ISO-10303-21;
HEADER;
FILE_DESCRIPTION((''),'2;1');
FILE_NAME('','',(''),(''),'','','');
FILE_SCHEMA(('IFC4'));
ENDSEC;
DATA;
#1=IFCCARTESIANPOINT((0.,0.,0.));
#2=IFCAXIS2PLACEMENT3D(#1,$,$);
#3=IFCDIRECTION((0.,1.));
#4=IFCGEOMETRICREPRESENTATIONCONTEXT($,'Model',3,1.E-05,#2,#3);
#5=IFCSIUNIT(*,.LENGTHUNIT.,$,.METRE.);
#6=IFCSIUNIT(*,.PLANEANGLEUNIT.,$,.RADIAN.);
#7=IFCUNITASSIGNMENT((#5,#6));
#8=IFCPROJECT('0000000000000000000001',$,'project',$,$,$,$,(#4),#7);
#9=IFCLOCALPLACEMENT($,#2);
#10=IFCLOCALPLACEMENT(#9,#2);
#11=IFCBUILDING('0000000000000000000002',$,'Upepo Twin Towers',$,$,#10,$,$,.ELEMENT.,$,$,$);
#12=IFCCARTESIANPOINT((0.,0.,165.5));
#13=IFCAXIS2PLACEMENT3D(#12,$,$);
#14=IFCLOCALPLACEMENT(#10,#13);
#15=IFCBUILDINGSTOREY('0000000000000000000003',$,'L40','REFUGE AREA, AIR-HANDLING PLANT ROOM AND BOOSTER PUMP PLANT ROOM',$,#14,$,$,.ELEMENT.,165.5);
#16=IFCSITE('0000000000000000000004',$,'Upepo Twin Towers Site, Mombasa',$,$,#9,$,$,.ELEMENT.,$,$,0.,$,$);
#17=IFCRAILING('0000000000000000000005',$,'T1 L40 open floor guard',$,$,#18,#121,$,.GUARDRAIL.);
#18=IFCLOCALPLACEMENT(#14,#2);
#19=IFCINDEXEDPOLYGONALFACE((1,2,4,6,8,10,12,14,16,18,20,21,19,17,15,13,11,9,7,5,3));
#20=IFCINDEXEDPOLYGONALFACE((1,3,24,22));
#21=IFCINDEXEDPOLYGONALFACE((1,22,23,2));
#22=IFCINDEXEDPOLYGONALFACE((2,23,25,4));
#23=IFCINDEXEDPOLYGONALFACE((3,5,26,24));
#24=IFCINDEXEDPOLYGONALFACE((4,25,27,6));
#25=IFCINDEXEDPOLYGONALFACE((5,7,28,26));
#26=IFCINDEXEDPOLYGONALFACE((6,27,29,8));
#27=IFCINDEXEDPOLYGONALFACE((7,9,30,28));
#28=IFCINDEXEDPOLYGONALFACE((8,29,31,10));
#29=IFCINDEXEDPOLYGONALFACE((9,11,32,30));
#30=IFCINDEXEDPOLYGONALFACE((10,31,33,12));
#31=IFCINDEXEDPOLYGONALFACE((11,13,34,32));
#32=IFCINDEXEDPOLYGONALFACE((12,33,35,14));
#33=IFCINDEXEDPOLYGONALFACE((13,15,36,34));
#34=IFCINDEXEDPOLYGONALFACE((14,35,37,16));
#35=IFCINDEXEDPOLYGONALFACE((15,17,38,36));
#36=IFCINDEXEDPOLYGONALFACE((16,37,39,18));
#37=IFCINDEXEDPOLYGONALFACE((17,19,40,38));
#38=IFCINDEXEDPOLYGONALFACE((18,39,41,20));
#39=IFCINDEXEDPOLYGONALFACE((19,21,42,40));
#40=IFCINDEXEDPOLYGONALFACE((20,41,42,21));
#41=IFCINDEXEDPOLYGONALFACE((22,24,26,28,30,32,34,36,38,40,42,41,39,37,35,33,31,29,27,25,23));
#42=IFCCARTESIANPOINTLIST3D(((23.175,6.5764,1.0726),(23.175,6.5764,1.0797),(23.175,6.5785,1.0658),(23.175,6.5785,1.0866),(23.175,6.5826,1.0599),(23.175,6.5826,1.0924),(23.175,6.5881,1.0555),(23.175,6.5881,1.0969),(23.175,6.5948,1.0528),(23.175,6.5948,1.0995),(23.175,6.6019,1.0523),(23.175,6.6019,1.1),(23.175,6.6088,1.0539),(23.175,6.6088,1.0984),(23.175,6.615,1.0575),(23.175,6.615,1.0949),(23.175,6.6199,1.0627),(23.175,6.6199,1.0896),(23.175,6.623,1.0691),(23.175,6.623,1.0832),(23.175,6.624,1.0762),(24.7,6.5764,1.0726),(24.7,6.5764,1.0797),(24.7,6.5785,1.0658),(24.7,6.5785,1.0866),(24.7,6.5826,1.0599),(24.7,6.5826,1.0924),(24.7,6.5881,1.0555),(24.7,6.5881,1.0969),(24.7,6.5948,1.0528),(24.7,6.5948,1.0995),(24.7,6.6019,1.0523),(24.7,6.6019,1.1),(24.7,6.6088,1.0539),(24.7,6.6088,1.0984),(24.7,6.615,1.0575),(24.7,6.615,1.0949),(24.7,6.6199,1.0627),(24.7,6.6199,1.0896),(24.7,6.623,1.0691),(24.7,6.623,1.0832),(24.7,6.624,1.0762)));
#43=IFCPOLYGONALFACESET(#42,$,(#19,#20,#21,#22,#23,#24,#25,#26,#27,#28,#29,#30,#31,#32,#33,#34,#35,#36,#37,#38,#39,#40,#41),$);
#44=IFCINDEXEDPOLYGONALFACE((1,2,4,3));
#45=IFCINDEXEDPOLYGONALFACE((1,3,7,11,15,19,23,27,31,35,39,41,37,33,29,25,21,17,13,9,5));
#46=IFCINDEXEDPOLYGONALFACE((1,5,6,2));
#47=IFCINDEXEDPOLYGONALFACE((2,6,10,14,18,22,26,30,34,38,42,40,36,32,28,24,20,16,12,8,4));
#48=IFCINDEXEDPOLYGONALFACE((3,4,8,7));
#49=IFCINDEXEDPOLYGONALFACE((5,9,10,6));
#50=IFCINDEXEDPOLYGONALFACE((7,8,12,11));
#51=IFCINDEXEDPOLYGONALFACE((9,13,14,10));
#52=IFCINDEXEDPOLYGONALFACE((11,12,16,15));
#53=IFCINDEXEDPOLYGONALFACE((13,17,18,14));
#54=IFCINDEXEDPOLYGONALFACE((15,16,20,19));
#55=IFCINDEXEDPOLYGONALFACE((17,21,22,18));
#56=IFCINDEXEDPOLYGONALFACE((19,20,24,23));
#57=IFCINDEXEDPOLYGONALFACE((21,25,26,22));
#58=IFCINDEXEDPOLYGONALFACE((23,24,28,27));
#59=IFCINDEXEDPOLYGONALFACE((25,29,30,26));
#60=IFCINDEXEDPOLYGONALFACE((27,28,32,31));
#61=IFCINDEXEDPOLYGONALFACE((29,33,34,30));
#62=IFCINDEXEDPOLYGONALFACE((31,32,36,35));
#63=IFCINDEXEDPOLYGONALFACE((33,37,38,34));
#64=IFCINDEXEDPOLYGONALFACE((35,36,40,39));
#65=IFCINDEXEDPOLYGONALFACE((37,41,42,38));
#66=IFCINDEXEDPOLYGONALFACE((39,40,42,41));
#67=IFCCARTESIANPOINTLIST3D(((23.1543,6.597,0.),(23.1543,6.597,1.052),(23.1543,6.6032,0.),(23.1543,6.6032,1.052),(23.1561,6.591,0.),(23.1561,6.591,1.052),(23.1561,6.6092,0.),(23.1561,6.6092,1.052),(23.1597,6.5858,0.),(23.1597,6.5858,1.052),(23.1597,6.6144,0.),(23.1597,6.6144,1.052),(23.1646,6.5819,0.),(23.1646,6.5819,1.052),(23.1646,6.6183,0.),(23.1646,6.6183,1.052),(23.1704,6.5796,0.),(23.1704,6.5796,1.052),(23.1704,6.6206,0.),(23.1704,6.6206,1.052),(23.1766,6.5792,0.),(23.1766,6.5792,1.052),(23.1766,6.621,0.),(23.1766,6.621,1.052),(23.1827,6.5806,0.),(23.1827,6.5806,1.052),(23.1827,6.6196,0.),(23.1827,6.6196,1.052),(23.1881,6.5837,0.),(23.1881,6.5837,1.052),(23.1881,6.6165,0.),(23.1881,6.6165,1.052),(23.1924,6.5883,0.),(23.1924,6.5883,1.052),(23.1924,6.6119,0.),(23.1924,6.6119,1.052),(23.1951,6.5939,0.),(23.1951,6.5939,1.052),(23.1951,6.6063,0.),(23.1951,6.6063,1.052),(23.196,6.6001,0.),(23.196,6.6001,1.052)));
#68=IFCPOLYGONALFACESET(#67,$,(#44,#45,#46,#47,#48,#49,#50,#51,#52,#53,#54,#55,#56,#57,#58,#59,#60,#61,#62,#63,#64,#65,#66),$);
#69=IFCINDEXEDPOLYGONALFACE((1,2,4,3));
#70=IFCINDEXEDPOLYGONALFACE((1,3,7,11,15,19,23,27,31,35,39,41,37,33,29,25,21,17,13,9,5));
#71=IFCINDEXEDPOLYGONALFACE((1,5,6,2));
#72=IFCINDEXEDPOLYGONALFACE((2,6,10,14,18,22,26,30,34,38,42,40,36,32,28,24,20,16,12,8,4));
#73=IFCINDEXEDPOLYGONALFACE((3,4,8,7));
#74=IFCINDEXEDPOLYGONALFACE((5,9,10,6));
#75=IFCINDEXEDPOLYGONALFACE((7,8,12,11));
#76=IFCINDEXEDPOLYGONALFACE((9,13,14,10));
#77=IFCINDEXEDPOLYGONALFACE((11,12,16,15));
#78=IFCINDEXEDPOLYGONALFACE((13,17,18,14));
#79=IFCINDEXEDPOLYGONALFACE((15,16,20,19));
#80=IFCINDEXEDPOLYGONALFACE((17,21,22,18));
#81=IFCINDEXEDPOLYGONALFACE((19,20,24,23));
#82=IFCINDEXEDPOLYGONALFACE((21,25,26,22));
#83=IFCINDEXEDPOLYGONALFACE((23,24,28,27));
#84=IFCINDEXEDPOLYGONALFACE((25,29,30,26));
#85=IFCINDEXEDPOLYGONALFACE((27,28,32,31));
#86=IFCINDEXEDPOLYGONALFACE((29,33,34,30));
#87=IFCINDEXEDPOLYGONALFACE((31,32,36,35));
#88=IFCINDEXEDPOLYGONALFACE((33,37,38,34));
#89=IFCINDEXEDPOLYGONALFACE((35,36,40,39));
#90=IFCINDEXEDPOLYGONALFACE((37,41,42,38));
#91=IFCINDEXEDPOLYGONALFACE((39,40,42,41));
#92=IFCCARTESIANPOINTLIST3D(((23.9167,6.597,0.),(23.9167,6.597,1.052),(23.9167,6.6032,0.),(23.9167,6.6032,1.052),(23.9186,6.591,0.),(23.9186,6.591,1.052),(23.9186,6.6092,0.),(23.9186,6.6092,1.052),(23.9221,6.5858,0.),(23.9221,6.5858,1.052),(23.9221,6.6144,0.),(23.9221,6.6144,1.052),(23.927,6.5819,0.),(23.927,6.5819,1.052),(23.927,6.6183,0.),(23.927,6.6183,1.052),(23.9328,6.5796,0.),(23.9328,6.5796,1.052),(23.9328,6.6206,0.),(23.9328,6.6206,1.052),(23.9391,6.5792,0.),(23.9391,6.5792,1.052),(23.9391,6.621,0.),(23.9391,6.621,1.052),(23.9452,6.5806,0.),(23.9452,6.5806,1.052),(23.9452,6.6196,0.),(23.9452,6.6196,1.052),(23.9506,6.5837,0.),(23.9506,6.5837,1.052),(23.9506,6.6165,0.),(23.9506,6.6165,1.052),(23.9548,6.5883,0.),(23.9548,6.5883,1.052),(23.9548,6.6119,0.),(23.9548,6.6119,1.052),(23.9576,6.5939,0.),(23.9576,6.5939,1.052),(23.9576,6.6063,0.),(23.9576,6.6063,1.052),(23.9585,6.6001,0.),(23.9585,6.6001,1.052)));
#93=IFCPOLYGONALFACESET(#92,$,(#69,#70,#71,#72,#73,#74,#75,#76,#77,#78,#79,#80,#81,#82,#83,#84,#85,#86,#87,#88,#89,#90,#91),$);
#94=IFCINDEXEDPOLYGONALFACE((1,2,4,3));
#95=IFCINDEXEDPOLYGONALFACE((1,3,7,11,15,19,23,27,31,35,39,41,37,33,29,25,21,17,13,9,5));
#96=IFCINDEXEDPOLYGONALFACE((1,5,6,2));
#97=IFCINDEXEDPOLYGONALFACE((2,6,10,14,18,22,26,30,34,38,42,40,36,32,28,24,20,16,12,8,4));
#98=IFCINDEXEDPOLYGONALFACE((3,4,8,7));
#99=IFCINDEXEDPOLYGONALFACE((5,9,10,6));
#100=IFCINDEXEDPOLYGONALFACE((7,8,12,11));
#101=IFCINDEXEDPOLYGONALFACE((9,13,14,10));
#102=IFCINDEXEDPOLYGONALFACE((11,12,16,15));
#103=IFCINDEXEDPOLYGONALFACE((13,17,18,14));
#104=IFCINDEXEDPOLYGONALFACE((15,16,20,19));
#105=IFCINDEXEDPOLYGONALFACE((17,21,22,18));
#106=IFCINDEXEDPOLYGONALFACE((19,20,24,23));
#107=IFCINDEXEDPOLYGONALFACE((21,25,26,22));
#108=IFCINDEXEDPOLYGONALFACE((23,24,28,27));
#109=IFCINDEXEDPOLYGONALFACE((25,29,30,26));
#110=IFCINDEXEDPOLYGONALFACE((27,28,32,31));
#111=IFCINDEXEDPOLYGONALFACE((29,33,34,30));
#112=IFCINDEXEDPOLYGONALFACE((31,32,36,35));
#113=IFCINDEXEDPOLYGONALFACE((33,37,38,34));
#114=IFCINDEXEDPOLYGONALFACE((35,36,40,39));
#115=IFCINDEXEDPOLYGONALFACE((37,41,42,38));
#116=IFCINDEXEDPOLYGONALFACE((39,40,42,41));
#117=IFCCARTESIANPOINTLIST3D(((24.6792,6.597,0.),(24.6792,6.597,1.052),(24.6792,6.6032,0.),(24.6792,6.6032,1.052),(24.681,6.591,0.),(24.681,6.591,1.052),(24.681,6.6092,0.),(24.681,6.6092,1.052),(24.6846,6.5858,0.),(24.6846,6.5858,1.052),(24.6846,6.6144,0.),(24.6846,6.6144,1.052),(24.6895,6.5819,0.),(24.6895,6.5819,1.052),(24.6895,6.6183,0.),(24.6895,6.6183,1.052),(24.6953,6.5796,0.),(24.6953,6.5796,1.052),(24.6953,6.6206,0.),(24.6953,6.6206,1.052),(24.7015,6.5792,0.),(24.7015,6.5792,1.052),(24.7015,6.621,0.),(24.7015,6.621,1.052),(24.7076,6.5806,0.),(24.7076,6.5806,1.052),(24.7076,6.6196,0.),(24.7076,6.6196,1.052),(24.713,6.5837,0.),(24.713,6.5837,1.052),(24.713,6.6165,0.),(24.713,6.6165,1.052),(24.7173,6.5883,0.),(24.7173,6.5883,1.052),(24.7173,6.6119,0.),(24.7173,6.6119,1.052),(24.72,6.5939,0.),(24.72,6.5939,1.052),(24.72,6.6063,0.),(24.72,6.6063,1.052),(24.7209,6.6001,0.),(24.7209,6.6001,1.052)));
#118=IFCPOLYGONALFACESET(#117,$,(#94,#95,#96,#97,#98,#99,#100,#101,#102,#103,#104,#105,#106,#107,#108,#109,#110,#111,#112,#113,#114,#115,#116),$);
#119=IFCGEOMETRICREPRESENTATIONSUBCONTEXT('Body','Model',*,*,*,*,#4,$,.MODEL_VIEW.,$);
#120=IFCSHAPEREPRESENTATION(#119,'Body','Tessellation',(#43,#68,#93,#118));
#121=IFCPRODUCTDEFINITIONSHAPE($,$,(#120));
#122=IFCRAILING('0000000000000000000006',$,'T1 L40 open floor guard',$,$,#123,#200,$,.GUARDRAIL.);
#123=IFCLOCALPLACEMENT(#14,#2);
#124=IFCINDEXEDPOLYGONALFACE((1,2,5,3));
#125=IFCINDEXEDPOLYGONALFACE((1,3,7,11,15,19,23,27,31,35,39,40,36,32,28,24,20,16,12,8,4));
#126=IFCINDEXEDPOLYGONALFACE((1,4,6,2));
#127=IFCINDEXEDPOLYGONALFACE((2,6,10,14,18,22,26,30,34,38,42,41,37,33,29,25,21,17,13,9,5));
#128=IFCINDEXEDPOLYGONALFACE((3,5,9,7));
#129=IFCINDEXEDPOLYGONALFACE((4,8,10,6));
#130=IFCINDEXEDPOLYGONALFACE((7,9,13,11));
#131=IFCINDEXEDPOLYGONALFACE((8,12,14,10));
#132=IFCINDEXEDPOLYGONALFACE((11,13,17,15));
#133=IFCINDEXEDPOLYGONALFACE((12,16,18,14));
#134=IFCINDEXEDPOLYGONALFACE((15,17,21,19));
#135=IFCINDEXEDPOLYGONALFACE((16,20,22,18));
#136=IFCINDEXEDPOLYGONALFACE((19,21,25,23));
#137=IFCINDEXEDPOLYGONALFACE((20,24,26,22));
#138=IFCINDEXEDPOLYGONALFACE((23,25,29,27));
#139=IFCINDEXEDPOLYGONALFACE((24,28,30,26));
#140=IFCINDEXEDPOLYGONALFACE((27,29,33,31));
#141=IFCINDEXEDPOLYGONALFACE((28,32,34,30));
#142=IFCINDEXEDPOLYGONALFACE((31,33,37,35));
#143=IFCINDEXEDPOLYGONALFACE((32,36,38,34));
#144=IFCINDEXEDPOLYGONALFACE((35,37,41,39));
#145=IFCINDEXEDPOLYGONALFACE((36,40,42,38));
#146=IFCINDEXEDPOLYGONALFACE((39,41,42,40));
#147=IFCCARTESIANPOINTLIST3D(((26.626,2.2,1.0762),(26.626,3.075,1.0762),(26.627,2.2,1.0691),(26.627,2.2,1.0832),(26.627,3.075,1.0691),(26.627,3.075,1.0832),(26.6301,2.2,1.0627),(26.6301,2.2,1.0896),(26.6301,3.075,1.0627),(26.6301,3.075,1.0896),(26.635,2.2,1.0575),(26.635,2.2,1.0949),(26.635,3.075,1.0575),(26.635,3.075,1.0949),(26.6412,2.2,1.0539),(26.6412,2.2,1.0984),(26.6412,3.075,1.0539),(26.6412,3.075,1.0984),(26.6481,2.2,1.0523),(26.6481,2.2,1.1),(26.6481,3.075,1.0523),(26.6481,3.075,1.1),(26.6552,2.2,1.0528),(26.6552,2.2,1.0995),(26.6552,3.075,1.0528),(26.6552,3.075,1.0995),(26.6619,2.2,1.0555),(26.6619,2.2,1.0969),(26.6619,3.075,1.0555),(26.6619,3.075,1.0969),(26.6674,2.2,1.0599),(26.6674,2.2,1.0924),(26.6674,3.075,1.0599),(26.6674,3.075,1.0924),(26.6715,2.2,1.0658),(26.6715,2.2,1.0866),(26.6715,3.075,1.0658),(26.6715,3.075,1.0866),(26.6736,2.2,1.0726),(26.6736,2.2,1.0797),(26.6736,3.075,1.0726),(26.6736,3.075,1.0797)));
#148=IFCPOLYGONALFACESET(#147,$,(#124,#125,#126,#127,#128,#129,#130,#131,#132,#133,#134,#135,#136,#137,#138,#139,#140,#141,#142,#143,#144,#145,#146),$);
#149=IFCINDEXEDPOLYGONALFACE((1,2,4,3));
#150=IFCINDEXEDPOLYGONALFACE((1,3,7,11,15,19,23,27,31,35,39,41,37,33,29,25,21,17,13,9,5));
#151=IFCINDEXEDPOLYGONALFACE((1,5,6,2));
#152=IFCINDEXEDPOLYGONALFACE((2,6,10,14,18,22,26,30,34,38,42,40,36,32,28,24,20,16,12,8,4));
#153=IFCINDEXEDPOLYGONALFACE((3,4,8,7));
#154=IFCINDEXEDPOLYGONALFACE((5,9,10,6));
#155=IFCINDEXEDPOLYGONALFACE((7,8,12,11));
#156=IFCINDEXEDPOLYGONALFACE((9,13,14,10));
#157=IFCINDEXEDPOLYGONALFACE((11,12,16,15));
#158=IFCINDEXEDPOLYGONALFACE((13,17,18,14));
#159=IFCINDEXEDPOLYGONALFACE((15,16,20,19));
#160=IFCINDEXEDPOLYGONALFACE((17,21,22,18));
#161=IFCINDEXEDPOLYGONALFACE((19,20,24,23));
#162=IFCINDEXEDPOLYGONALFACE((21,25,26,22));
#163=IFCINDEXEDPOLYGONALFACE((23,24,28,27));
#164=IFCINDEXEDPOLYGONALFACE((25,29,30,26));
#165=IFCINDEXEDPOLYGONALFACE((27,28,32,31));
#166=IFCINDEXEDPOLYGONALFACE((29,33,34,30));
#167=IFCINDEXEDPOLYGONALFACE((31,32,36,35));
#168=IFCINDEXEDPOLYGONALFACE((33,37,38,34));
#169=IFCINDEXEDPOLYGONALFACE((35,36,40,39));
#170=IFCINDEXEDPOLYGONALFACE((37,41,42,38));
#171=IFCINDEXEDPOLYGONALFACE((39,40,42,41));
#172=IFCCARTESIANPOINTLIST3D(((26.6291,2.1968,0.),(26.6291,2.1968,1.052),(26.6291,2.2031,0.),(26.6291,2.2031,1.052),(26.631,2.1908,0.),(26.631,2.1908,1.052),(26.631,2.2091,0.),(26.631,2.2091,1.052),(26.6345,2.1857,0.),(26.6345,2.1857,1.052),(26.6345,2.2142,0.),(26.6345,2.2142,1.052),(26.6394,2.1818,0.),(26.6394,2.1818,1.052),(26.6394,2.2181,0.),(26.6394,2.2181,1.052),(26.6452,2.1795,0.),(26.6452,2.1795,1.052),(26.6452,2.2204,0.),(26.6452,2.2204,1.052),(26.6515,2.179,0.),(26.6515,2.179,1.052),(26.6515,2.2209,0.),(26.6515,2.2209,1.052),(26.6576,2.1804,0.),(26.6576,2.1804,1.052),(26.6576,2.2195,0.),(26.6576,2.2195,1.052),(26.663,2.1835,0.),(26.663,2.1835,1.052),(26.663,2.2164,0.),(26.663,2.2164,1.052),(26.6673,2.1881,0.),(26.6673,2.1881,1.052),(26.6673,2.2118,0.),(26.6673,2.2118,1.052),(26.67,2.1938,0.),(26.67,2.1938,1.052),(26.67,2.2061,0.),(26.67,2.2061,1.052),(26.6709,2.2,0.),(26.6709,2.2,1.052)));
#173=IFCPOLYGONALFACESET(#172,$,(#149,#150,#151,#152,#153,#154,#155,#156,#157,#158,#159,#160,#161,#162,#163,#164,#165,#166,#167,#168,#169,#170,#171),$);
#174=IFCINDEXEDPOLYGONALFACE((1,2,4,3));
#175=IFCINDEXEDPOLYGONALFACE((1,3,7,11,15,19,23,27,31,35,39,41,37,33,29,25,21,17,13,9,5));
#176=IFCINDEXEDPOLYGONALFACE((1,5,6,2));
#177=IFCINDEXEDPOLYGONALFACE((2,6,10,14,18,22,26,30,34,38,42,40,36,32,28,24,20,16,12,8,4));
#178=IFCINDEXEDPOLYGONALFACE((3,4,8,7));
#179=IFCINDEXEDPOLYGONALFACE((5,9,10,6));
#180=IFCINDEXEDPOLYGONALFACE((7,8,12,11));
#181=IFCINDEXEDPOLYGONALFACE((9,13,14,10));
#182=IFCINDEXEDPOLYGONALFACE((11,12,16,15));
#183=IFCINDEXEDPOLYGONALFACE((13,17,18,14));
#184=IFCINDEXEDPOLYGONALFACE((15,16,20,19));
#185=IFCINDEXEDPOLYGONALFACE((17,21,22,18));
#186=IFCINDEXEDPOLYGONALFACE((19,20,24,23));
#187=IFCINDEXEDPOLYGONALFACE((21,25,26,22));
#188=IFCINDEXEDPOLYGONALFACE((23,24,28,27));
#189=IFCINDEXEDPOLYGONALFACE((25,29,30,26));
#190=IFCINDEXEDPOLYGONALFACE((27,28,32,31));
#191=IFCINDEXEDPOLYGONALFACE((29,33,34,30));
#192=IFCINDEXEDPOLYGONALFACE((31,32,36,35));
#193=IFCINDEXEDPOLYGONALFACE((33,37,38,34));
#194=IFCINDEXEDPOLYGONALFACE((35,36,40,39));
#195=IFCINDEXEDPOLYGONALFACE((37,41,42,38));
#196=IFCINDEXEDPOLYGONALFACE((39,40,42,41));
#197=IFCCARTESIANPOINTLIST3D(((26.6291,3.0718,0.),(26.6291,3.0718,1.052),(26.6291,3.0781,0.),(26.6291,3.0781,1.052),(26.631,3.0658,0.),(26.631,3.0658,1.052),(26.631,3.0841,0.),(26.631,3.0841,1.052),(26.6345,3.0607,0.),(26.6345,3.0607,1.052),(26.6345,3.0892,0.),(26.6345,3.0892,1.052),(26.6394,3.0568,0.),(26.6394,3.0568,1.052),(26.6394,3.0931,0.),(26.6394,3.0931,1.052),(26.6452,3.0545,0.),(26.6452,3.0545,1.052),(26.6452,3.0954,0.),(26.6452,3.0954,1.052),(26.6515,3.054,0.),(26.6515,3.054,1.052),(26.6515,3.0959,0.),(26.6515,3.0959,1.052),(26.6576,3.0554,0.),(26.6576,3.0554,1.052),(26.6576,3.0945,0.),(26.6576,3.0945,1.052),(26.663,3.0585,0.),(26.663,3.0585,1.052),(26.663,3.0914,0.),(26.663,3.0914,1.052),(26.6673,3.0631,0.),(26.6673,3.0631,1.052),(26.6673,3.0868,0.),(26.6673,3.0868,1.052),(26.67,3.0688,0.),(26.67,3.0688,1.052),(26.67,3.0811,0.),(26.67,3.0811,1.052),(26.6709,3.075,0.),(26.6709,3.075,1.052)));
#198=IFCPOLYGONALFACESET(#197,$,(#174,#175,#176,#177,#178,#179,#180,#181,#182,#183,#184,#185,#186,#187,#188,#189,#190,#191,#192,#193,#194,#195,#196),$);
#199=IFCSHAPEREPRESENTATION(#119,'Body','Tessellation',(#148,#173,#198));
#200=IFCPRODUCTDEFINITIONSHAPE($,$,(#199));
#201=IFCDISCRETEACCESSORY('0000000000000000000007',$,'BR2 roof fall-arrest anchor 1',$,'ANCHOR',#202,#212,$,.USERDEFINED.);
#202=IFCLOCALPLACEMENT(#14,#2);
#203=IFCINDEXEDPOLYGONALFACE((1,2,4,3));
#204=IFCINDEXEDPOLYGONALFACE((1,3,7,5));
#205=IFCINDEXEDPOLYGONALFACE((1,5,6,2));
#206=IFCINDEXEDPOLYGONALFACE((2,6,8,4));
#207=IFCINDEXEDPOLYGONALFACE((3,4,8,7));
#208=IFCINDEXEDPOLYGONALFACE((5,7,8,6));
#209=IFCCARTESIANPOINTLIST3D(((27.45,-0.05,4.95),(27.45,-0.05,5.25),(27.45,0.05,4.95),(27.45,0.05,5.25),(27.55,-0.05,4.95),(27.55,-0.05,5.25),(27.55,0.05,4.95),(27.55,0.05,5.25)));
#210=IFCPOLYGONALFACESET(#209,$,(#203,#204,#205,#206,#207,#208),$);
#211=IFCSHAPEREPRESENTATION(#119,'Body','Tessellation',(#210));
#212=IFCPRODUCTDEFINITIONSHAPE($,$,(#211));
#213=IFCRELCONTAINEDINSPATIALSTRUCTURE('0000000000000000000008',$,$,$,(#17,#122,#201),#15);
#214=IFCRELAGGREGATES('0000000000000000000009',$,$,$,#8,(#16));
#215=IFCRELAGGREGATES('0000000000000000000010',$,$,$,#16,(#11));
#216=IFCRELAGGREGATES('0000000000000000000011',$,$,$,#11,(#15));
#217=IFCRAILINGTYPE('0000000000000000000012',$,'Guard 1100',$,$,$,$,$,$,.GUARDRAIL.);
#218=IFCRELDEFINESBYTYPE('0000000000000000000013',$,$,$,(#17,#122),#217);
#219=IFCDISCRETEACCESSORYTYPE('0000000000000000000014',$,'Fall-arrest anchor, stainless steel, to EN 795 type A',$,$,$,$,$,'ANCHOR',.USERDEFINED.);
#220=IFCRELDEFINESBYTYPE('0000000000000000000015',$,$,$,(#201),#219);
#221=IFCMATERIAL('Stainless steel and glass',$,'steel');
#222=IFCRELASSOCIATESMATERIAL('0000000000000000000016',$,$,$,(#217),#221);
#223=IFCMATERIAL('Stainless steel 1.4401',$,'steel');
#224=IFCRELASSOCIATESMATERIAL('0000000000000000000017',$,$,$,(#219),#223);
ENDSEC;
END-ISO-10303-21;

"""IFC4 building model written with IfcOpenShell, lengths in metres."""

from ifc_helpers import new_model, si_unit, direction, frame, origin, origin_2d, place, context, subcontext, project, spatial, rectangle, circle, extrude, material, material_profile, profile_set, type_object, element, save


model = new_model("IFC4")

# Units and contexts
model_context = context("Model", 3, precision=1e-05, world=origin(), true_north=direction((0.0, 1.0)))
body_context = subcontext(model_context, "Body", "Model", "MODEL_VIEW")
ifc_project = project(units=[si_unit("LENGTHUNIT", "METRE"), si_unit("PLANEANGLEUNIT", "RADIAN")], contexts=[model_context])

# Site, building, storey
site_placement = place(None, origin())
site = spatial("IfcSite", under=ifc_project, at=site_placement, Name="Upepo Twin Towers Site, Mombasa", CompositionType="ELEMENT", RefElevation=0.0)
building_placement = place(site_placement, origin())
building = spatial("IfcBuilding", under=site, at=building_placement, Name="Upepo Twin Towers", CompositionType="ELEMENT")
storey_placement = place(building_placement, frame((0.0, 0.0, 165.5)))
storey = spatial("IfcBuildingStorey", under=building, at=storey_placement, Name="L40", Description="REFUGE AREA, AIR-HANDLING PLANT ROOM AND BOOSTER PUMP PLANT ROOM", CompositionType="ELEMENT", Elevation=165.5)

# Railings
ifc_material_1 = material(Name="Stainless steel and glass", Category="steel")
railing_type = type_object("IfcRailingType", Name="Guard 1100", PredefinedType="GUARDRAIL", material=ifc_material_1)
railing_1_placement = place(storey_placement, frame((23.175, 6.6001, 0.0)))
element("IfcRailing", 1, at=railing_1_placement, inside=storey, type_object=railing_type, Name="T1 L40 open floor guard", PredefinedType="GUARDRAIL", context=body_context, shape_type="SweptSolid", body=[
    extrude(circle(Radius=0.0239, at=origin_2d()), frame((0.0, 0.0, 1.0762), z_axis=(1.0, 0.0, 0.0), x_axis=(0.0, 1.0, 0.0)), (0.0, 0.0, 1.0), 1.5249),
    extrude(circle(Radius=0.021, at=origin_2d()), origin(), (0.0, 0.0, 1.0), 1.052),
    extrude(circle(Radius=0.021, at=origin_2d()), frame((0.7625, 0.0, 0.0)), (0.0, 0.0, 1.0), 1.052),
    extrude(circle(Radius=0.021, at=origin_2d()), frame((1.5249, 0.0, 0.0)), (0.0, 0.0, 1.0), 1.052),
])
railing_2_placement = place(storey_placement, frame((26.6499, 2.2, 0.0)))
element("IfcRailing", 2, at=railing_2_placement, inside=storey, type_object=railing_type, Name="T1 L40 open floor guard", PredefinedType="GUARDRAIL", context=body_context, shape_type="SweptSolid", body=[
    extrude(circle(Radius=0.0239, at=origin_2d()), frame((0.0, 0.0, 1.0762), z_axis=(0.0, 1.0, 0.0), x_axis=(-1.0, 0.0, 0.0)), (0.0, 0.0, 1.0), 0.875),
    extrude(circle(Radius=0.021, at=origin_2d()), origin(), (0.0, 0.0, 1.0), 1.052),
    extrude(circle(Radius=0.021, at=origin_2d()), frame((0.0, 0.875, 0.0)), (0.0, 0.0, 1.0), 1.052),
])

# Discrete accessory
ifc_material_2 = material(Name="Stainless steel 1.4401", Category="steel")
ifc_material_profile_1 = material_profile(ifc_material_2, rectangle(XDim=0.1001, YDim=0.1001, at=origin_2d()), Name="ANCHOR POST 100x100")
ifc_profile_set_1 = profile_set([ifc_material_profile_1], Name="Stainless steel 1.4401")
discrete_accessory_type = type_object("IfcDiscreteAccessoryType", Name="Fall-arrest anchor, stainless steel, to EN 795 type A", ElementType="ANCHOR", PredefinedType="USERDEFINED", material=ifc_profile_set_1)
for number, where, z_axis, x_axis, name in (
    (3, (27.5, 0.0, 4.95), (0.0, 0.0, 1.0), (1.0, 0.0, 0.0), "BR2 roof fall-arrest anchor 1"),
):
    element("IfcDiscreteAccessory", number, at=place(storey_placement, frame(where, z_axis=z_axis, x_axis=x_axis)), inside=storey, type_object=discrete_accessory_type, Name=name, ObjectType="ANCHOR", PredefinedType="USERDEFINED", context=body_context, shape_type="SweptSolid", body=[
        extrude(rectangle(XDim=0.1001, YDim=0.1001, at=origin_2d()), origin(), (0.0, 0.0, 1.0), 0.3),
    ])

save(model, "model.ifc")
